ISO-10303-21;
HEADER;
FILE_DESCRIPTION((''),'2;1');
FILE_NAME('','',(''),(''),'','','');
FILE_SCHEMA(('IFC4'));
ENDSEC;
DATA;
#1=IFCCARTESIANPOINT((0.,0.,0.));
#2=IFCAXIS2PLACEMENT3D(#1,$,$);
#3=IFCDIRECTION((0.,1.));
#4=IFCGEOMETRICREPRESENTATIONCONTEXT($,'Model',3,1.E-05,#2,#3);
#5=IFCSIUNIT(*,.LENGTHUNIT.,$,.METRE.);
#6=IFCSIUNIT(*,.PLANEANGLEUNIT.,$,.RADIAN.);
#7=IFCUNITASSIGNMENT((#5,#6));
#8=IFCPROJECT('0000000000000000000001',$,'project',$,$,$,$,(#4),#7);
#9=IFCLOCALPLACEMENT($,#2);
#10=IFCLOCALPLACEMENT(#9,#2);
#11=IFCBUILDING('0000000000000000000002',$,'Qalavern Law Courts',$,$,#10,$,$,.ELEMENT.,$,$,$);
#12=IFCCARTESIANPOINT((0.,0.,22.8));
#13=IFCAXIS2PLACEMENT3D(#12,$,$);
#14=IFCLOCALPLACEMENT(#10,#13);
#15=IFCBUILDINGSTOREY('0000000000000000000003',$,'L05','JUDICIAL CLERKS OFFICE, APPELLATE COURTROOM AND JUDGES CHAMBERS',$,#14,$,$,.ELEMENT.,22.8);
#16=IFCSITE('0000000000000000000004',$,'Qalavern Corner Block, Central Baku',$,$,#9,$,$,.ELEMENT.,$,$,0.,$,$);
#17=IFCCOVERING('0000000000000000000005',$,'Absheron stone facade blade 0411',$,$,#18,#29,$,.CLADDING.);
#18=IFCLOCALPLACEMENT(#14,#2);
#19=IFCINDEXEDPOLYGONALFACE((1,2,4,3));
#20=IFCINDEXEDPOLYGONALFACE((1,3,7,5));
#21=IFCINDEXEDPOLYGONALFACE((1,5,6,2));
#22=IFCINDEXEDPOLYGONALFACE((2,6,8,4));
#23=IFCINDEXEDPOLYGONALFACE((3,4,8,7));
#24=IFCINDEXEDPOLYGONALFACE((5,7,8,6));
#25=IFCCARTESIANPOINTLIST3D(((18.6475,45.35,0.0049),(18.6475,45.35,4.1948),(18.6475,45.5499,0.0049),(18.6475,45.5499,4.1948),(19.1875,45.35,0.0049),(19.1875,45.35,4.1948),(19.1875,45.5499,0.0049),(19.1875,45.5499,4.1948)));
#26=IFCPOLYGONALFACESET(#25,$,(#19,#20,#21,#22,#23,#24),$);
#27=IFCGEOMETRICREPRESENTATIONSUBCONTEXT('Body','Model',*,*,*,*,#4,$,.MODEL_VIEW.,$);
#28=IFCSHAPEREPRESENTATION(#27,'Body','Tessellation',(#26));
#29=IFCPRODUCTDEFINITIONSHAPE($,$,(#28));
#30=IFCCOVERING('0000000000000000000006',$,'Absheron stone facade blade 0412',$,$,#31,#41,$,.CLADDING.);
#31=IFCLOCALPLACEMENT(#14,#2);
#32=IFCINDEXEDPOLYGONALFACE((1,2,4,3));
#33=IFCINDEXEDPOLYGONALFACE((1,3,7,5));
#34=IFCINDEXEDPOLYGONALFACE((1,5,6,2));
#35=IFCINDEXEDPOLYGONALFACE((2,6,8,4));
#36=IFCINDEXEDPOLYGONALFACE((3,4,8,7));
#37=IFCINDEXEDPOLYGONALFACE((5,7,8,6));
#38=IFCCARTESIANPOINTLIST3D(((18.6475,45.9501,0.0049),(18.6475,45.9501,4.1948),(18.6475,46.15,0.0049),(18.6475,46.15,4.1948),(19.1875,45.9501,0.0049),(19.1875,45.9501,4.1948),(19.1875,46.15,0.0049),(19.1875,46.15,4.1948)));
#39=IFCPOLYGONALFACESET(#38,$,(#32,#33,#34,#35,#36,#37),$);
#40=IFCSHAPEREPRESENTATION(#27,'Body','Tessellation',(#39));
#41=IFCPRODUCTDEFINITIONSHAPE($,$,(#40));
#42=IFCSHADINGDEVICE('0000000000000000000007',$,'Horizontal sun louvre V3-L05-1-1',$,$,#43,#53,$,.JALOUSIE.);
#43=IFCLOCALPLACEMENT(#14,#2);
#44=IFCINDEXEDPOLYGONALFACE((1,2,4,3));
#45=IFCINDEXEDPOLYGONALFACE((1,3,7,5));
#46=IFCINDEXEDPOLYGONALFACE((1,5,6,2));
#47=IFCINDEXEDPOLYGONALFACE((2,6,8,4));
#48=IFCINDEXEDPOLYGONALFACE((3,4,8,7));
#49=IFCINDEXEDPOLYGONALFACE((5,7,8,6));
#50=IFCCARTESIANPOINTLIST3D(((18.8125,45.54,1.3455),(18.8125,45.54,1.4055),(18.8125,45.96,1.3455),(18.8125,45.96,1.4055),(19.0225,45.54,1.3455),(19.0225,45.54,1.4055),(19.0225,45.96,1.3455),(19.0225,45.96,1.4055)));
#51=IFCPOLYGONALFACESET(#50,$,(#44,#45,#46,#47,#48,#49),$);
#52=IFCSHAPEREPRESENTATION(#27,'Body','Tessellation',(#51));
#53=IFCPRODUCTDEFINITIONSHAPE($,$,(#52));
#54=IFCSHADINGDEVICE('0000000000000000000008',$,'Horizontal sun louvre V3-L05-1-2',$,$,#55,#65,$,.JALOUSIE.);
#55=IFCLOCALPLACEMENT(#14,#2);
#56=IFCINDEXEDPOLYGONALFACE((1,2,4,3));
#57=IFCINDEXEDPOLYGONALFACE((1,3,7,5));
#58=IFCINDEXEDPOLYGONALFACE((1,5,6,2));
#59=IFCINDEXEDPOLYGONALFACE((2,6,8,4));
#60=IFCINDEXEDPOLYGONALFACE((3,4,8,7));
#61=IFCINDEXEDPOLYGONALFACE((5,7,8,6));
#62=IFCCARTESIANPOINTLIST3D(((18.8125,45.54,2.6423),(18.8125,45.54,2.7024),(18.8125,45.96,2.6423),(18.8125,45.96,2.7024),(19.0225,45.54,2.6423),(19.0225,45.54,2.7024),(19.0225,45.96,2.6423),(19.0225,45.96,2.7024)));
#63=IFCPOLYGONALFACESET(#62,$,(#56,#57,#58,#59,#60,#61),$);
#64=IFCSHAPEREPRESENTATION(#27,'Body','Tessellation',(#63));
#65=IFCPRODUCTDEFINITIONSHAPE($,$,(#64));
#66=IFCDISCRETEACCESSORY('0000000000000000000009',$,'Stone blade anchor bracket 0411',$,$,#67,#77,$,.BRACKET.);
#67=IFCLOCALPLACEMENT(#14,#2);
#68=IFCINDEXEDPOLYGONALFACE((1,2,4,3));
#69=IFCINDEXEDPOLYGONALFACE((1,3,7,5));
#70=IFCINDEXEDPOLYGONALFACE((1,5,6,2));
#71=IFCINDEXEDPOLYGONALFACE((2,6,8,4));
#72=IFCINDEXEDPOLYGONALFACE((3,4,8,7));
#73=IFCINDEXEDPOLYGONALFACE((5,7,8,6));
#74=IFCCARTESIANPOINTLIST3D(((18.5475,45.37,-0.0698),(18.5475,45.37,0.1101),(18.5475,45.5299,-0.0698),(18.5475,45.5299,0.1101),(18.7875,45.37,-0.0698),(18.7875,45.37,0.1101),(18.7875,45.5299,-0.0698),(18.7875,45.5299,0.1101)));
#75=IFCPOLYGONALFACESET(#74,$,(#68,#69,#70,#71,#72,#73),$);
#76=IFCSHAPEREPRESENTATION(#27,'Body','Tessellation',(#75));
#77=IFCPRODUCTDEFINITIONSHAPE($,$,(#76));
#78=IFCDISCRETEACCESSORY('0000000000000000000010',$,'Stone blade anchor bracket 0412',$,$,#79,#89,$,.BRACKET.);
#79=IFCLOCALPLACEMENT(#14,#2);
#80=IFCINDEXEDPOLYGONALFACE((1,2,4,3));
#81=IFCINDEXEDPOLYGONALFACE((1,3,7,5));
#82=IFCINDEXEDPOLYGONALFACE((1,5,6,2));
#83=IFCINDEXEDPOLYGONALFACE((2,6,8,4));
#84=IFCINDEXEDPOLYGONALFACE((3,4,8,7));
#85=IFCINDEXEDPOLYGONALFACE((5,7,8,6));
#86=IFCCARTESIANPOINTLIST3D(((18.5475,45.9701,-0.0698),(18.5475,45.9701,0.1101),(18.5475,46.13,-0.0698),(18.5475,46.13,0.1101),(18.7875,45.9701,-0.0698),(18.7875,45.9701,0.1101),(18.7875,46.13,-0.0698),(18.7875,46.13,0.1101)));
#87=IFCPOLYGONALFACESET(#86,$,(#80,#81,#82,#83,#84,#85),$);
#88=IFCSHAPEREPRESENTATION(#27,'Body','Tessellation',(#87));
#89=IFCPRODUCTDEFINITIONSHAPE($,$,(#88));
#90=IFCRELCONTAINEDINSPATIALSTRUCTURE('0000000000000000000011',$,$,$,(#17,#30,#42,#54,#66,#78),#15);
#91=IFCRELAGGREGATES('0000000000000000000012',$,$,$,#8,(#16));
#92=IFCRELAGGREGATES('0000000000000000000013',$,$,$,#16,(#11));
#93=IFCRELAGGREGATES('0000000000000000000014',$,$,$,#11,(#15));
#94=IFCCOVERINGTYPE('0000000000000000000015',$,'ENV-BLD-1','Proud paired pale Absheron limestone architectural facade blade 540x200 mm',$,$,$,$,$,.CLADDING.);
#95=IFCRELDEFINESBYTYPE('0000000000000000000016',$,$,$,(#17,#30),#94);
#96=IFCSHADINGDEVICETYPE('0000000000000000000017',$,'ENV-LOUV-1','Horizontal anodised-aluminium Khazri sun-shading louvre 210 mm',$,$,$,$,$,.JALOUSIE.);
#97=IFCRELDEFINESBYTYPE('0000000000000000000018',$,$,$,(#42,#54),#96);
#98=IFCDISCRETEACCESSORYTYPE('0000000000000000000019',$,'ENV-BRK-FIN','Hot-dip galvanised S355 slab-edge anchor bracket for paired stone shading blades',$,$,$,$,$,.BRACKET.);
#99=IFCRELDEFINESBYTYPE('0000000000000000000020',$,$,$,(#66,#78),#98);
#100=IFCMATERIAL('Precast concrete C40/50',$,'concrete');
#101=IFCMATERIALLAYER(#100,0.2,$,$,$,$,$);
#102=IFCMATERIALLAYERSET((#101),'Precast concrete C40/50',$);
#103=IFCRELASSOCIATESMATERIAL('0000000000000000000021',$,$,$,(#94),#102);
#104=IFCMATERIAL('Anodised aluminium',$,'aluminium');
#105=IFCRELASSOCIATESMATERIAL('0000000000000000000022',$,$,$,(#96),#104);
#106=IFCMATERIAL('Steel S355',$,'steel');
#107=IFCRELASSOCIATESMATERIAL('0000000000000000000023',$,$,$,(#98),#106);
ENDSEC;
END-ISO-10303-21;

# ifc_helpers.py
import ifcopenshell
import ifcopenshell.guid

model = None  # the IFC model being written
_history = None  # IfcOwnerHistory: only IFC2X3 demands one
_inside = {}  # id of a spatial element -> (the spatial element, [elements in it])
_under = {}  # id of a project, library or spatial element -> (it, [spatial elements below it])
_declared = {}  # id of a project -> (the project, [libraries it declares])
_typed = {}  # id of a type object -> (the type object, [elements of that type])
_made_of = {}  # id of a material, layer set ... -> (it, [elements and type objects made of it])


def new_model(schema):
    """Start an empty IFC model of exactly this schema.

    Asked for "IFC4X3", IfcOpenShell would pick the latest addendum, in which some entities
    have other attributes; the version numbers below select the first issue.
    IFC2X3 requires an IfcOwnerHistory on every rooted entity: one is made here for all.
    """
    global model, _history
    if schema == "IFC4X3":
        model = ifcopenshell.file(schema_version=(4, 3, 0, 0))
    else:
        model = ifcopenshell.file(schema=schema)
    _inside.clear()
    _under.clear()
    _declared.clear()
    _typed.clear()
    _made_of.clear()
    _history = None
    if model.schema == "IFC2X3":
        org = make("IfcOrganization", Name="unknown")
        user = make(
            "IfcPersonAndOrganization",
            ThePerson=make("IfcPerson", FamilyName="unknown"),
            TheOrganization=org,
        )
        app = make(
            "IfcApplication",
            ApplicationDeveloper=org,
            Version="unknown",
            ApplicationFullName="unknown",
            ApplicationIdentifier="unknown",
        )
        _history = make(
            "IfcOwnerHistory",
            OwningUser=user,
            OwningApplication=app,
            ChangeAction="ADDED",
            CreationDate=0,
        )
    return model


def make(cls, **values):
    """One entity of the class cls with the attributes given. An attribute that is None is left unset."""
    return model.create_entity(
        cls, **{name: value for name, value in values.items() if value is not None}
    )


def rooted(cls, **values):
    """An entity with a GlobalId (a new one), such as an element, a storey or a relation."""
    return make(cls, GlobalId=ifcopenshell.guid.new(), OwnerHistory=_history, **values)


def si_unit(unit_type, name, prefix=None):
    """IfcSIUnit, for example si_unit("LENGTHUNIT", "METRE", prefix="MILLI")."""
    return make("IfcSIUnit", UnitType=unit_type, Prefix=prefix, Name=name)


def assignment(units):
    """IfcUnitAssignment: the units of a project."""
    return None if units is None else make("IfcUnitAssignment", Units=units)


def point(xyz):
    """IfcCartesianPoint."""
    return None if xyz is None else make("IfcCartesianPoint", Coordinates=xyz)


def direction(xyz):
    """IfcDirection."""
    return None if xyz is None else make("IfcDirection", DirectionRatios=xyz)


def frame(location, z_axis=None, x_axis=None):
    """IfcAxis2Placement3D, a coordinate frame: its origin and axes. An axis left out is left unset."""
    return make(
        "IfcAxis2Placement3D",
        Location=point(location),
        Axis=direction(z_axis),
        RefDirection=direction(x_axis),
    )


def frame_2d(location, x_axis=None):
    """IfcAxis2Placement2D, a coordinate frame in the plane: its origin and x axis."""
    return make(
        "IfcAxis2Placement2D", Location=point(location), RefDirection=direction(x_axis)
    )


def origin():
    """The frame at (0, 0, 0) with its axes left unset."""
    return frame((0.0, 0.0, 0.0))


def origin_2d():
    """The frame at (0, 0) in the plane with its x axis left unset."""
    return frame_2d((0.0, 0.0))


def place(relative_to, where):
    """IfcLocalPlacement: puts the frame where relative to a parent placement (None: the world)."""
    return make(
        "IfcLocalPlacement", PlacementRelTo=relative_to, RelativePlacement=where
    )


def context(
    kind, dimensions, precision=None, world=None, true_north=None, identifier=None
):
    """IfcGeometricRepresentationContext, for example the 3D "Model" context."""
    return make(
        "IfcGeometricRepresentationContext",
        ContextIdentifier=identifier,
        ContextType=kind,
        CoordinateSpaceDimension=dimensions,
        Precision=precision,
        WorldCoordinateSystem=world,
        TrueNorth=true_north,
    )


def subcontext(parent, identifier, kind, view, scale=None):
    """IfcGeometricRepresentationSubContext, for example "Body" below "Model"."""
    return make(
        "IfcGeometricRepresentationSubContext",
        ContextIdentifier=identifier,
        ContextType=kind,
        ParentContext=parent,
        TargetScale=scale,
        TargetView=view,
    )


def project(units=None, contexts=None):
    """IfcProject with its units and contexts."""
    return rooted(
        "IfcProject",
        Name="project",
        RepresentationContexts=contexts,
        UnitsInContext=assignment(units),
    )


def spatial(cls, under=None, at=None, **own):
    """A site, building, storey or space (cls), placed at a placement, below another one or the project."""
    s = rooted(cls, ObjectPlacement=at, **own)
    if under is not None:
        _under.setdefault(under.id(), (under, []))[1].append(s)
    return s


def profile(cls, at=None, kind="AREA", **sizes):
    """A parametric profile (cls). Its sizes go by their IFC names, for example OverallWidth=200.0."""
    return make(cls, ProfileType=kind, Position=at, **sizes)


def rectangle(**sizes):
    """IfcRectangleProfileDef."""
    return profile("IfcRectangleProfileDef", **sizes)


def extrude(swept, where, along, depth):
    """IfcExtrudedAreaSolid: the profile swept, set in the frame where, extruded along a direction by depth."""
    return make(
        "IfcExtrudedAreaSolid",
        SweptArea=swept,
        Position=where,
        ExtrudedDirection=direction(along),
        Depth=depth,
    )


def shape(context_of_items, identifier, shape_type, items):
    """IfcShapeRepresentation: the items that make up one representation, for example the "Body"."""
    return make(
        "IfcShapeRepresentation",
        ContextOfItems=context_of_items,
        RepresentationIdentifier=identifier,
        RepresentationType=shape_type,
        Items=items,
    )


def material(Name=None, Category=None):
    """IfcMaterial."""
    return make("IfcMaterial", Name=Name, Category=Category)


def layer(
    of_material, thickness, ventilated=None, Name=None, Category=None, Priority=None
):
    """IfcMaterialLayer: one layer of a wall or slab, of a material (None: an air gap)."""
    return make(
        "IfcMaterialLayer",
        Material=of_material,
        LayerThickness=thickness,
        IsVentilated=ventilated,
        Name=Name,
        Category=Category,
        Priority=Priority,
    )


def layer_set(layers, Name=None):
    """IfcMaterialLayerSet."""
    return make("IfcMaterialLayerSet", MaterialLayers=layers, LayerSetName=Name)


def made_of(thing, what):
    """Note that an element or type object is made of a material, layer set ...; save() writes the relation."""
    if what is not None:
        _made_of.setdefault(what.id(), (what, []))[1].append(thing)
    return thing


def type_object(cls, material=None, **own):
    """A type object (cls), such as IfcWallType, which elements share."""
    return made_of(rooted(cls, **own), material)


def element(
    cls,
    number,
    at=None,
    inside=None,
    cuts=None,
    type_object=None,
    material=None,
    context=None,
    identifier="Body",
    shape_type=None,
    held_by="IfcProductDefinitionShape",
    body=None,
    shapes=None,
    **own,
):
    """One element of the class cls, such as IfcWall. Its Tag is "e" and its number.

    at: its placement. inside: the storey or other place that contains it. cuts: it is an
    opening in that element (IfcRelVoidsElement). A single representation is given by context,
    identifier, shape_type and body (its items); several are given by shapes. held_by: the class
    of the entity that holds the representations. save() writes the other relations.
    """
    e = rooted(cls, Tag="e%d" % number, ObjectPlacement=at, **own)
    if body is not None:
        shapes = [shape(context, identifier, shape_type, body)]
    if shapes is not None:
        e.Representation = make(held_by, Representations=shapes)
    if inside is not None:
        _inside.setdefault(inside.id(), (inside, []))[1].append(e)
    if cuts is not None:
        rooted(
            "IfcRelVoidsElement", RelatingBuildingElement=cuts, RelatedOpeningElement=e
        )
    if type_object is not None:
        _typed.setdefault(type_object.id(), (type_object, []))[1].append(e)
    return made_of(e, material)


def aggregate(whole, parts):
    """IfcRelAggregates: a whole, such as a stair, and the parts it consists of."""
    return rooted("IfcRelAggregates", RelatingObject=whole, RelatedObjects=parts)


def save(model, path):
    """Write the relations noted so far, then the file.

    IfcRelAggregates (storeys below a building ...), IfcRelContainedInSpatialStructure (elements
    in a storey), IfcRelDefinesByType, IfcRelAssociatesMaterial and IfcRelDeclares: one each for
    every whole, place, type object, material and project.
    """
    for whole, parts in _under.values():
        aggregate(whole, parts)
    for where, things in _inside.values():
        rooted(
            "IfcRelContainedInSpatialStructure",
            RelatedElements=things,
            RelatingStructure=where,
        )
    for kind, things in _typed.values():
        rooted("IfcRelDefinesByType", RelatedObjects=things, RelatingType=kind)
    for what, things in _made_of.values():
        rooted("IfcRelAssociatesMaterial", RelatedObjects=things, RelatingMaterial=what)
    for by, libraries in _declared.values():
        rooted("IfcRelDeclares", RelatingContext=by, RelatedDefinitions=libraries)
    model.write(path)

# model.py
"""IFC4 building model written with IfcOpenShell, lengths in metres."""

from ifc_helpers import new_model, si_unit, direction, frame, origin, origin_2d, place, context, subcontext, project, spatial, rectangle, extrude, material, layer, layer_set, type_object, element, save


model = new_model("IFC4")

# Units and contexts
model_context = context("Model", 3, precision=1e-05, world=origin(), true_north=direction((0.0, 1.0)))
body_context = subcontext(model_context, "Body", "Model", "MODEL_VIEW")
ifc_project = project(units=[si_unit("LENGTHUNIT", "METRE"), si_unit("PLANEANGLEUNIT", "RADIAN")], contexts=[model_context])

# Site, building, storey
site_placement = place(None, origin())
site = spatial("IfcSite", under=ifc_project, at=site_placement, Name="Qalavern Corner Block, Central Baku", CompositionType="ELEMENT", RefElevation=0.0)
building_placement = place(site_placement, origin())
building = spatial("IfcBuilding", under=site, at=building_placement, Name="Qalavern Law Courts", CompositionType="ELEMENT")
storey_placement = place(building_placement, frame((0.0, 0.0, 22.8)))
storey = spatial("IfcBuildingStorey", under=building, at=storey_placement, Name="L05", Description="JUDICIAL CLERKS OFFICE, APPELLATE COURTROOM AND JUDGES CHAMBERS", CompositionType="ELEMENT", Elevation=22.8)

# Shared definitions
ifc_material_1 = material(Name="Anodised aluminium", Category="aluminium")

# Coverings
ifc_material_2 = material(Name="Precast concrete C40/50", Category="concrete")
ifc_layer_1 = layer(ifc_material_2, 0.2)
ifc_layer_set_1 = layer_set([ifc_layer_1], Name="Precast concrete C40/50")
covering_type = type_object("IfcCoveringType", Name="ENV-BLD-1", Description="Proud paired pale Absheron limestone architectural facade blade 540x200 mm", PredefinedType="CLADDING", material=ifc_layer_set_1)
for number, where, z_axis, x_axis, name in (
    (1, (18.9175, 45.45, 0.0049), (0.0, 0.0, 1.0), (1.0, 0.0, 0.0), "Absheron stone facade blade 0411"),
    (2, (18.9175, 46.05, 0.0049), (0.0, 0.0, 1.0), (1.0, 0.0, 0.0), "Absheron stone facade blade 0412"),
):
    element("IfcCovering", number, at=place(storey_placement, frame(where, z_axis=z_axis, x_axis=x_axis)), inside=storey, type_object=covering_type, Name=name, PredefinedType="CLADDING", context=body_context, shape_type="SweptSolid", body=[
        extrude(rectangle(XDim=0.54, YDim=0.2, at=origin_2d()), origin(), (0.0, 0.0, 1.0), 4.1899),
    ])

# Shading devices
shading_device_type = type_object("IfcShadingDeviceType", Name="ENV-LOUV-1", Description="Horizontal anodised-aluminium Khazri sun-shading louvre 210 mm", PredefinedType="JALOUSIE", material=ifc_material_1)
for number, where, z_axis, x_axis, name in (
    (3, (18.9175, 45.75, 1.3455), (0.0, 0.0, 1.0), (0.0, 1.0, 0.0), "Horizontal sun louvre V3-L05-1-1"),
    (4, (18.9175, 45.75, 2.6423), (0.0, 0.0, 1.0), (0.0, 1.0, 0.0), "Horizontal sun louvre V3-L05-1-2"),
):
    element("IfcShadingDevice", number, at=place(storey_placement, frame(where, z_axis=z_axis, x_axis=x_axis)), inside=storey, type_object=shading_device_type, Name=name, PredefinedType="JALOUSIE", context=body_context, shape_type="SweptSolid", body=[
        extrude(rectangle(XDim=0.4199, YDim=0.21, at=origin_2d()), origin(), (0.0, 0.0, 1.0), 0.0601),
    ])

# Discrete accessories
ifc_material_3 = material(Name="Steel S355", Category="steel")
discrete_accessory_type = type_object("IfcDiscreteAccessoryType", Name="ENV-BRK-FIN", Description="Hot-dip galvanised S355 slab-edge anchor bracket for paired stone shading blades", PredefinedType="BRACKET", material=ifc_material_3)
for number, where, z_axis, x_axis, name in (
    (5, (18.6675, 45.45, -0.0698), (0.0, 0.0, 1.0), (1.0, 0.0, 0.0), "Stone blade anchor bracket 0411"),
    (6, (18.6675, 46.05, -0.0698), (0.0, 0.0, 1.0), (1.0, 0.0, 0.0), "Stone blade anchor bracket 0412"),
):
    element("IfcDiscreteAccessory", number, at=place(storey_placement, frame(where, z_axis=z_axis, x_axis=x_axis)), inside=storey, type_object=discrete_accessory_type, Name=name, PredefinedType="BRACKET", context=body_context, shape_type="SweptSolid", body=[
        extrude(rectangle(XDim=0.24, YDim=0.1599, at=origin_2d()), origin(), (0.0, 0.0, 1.0), 0.1799),
    ])

save(model, "model.ifc")
